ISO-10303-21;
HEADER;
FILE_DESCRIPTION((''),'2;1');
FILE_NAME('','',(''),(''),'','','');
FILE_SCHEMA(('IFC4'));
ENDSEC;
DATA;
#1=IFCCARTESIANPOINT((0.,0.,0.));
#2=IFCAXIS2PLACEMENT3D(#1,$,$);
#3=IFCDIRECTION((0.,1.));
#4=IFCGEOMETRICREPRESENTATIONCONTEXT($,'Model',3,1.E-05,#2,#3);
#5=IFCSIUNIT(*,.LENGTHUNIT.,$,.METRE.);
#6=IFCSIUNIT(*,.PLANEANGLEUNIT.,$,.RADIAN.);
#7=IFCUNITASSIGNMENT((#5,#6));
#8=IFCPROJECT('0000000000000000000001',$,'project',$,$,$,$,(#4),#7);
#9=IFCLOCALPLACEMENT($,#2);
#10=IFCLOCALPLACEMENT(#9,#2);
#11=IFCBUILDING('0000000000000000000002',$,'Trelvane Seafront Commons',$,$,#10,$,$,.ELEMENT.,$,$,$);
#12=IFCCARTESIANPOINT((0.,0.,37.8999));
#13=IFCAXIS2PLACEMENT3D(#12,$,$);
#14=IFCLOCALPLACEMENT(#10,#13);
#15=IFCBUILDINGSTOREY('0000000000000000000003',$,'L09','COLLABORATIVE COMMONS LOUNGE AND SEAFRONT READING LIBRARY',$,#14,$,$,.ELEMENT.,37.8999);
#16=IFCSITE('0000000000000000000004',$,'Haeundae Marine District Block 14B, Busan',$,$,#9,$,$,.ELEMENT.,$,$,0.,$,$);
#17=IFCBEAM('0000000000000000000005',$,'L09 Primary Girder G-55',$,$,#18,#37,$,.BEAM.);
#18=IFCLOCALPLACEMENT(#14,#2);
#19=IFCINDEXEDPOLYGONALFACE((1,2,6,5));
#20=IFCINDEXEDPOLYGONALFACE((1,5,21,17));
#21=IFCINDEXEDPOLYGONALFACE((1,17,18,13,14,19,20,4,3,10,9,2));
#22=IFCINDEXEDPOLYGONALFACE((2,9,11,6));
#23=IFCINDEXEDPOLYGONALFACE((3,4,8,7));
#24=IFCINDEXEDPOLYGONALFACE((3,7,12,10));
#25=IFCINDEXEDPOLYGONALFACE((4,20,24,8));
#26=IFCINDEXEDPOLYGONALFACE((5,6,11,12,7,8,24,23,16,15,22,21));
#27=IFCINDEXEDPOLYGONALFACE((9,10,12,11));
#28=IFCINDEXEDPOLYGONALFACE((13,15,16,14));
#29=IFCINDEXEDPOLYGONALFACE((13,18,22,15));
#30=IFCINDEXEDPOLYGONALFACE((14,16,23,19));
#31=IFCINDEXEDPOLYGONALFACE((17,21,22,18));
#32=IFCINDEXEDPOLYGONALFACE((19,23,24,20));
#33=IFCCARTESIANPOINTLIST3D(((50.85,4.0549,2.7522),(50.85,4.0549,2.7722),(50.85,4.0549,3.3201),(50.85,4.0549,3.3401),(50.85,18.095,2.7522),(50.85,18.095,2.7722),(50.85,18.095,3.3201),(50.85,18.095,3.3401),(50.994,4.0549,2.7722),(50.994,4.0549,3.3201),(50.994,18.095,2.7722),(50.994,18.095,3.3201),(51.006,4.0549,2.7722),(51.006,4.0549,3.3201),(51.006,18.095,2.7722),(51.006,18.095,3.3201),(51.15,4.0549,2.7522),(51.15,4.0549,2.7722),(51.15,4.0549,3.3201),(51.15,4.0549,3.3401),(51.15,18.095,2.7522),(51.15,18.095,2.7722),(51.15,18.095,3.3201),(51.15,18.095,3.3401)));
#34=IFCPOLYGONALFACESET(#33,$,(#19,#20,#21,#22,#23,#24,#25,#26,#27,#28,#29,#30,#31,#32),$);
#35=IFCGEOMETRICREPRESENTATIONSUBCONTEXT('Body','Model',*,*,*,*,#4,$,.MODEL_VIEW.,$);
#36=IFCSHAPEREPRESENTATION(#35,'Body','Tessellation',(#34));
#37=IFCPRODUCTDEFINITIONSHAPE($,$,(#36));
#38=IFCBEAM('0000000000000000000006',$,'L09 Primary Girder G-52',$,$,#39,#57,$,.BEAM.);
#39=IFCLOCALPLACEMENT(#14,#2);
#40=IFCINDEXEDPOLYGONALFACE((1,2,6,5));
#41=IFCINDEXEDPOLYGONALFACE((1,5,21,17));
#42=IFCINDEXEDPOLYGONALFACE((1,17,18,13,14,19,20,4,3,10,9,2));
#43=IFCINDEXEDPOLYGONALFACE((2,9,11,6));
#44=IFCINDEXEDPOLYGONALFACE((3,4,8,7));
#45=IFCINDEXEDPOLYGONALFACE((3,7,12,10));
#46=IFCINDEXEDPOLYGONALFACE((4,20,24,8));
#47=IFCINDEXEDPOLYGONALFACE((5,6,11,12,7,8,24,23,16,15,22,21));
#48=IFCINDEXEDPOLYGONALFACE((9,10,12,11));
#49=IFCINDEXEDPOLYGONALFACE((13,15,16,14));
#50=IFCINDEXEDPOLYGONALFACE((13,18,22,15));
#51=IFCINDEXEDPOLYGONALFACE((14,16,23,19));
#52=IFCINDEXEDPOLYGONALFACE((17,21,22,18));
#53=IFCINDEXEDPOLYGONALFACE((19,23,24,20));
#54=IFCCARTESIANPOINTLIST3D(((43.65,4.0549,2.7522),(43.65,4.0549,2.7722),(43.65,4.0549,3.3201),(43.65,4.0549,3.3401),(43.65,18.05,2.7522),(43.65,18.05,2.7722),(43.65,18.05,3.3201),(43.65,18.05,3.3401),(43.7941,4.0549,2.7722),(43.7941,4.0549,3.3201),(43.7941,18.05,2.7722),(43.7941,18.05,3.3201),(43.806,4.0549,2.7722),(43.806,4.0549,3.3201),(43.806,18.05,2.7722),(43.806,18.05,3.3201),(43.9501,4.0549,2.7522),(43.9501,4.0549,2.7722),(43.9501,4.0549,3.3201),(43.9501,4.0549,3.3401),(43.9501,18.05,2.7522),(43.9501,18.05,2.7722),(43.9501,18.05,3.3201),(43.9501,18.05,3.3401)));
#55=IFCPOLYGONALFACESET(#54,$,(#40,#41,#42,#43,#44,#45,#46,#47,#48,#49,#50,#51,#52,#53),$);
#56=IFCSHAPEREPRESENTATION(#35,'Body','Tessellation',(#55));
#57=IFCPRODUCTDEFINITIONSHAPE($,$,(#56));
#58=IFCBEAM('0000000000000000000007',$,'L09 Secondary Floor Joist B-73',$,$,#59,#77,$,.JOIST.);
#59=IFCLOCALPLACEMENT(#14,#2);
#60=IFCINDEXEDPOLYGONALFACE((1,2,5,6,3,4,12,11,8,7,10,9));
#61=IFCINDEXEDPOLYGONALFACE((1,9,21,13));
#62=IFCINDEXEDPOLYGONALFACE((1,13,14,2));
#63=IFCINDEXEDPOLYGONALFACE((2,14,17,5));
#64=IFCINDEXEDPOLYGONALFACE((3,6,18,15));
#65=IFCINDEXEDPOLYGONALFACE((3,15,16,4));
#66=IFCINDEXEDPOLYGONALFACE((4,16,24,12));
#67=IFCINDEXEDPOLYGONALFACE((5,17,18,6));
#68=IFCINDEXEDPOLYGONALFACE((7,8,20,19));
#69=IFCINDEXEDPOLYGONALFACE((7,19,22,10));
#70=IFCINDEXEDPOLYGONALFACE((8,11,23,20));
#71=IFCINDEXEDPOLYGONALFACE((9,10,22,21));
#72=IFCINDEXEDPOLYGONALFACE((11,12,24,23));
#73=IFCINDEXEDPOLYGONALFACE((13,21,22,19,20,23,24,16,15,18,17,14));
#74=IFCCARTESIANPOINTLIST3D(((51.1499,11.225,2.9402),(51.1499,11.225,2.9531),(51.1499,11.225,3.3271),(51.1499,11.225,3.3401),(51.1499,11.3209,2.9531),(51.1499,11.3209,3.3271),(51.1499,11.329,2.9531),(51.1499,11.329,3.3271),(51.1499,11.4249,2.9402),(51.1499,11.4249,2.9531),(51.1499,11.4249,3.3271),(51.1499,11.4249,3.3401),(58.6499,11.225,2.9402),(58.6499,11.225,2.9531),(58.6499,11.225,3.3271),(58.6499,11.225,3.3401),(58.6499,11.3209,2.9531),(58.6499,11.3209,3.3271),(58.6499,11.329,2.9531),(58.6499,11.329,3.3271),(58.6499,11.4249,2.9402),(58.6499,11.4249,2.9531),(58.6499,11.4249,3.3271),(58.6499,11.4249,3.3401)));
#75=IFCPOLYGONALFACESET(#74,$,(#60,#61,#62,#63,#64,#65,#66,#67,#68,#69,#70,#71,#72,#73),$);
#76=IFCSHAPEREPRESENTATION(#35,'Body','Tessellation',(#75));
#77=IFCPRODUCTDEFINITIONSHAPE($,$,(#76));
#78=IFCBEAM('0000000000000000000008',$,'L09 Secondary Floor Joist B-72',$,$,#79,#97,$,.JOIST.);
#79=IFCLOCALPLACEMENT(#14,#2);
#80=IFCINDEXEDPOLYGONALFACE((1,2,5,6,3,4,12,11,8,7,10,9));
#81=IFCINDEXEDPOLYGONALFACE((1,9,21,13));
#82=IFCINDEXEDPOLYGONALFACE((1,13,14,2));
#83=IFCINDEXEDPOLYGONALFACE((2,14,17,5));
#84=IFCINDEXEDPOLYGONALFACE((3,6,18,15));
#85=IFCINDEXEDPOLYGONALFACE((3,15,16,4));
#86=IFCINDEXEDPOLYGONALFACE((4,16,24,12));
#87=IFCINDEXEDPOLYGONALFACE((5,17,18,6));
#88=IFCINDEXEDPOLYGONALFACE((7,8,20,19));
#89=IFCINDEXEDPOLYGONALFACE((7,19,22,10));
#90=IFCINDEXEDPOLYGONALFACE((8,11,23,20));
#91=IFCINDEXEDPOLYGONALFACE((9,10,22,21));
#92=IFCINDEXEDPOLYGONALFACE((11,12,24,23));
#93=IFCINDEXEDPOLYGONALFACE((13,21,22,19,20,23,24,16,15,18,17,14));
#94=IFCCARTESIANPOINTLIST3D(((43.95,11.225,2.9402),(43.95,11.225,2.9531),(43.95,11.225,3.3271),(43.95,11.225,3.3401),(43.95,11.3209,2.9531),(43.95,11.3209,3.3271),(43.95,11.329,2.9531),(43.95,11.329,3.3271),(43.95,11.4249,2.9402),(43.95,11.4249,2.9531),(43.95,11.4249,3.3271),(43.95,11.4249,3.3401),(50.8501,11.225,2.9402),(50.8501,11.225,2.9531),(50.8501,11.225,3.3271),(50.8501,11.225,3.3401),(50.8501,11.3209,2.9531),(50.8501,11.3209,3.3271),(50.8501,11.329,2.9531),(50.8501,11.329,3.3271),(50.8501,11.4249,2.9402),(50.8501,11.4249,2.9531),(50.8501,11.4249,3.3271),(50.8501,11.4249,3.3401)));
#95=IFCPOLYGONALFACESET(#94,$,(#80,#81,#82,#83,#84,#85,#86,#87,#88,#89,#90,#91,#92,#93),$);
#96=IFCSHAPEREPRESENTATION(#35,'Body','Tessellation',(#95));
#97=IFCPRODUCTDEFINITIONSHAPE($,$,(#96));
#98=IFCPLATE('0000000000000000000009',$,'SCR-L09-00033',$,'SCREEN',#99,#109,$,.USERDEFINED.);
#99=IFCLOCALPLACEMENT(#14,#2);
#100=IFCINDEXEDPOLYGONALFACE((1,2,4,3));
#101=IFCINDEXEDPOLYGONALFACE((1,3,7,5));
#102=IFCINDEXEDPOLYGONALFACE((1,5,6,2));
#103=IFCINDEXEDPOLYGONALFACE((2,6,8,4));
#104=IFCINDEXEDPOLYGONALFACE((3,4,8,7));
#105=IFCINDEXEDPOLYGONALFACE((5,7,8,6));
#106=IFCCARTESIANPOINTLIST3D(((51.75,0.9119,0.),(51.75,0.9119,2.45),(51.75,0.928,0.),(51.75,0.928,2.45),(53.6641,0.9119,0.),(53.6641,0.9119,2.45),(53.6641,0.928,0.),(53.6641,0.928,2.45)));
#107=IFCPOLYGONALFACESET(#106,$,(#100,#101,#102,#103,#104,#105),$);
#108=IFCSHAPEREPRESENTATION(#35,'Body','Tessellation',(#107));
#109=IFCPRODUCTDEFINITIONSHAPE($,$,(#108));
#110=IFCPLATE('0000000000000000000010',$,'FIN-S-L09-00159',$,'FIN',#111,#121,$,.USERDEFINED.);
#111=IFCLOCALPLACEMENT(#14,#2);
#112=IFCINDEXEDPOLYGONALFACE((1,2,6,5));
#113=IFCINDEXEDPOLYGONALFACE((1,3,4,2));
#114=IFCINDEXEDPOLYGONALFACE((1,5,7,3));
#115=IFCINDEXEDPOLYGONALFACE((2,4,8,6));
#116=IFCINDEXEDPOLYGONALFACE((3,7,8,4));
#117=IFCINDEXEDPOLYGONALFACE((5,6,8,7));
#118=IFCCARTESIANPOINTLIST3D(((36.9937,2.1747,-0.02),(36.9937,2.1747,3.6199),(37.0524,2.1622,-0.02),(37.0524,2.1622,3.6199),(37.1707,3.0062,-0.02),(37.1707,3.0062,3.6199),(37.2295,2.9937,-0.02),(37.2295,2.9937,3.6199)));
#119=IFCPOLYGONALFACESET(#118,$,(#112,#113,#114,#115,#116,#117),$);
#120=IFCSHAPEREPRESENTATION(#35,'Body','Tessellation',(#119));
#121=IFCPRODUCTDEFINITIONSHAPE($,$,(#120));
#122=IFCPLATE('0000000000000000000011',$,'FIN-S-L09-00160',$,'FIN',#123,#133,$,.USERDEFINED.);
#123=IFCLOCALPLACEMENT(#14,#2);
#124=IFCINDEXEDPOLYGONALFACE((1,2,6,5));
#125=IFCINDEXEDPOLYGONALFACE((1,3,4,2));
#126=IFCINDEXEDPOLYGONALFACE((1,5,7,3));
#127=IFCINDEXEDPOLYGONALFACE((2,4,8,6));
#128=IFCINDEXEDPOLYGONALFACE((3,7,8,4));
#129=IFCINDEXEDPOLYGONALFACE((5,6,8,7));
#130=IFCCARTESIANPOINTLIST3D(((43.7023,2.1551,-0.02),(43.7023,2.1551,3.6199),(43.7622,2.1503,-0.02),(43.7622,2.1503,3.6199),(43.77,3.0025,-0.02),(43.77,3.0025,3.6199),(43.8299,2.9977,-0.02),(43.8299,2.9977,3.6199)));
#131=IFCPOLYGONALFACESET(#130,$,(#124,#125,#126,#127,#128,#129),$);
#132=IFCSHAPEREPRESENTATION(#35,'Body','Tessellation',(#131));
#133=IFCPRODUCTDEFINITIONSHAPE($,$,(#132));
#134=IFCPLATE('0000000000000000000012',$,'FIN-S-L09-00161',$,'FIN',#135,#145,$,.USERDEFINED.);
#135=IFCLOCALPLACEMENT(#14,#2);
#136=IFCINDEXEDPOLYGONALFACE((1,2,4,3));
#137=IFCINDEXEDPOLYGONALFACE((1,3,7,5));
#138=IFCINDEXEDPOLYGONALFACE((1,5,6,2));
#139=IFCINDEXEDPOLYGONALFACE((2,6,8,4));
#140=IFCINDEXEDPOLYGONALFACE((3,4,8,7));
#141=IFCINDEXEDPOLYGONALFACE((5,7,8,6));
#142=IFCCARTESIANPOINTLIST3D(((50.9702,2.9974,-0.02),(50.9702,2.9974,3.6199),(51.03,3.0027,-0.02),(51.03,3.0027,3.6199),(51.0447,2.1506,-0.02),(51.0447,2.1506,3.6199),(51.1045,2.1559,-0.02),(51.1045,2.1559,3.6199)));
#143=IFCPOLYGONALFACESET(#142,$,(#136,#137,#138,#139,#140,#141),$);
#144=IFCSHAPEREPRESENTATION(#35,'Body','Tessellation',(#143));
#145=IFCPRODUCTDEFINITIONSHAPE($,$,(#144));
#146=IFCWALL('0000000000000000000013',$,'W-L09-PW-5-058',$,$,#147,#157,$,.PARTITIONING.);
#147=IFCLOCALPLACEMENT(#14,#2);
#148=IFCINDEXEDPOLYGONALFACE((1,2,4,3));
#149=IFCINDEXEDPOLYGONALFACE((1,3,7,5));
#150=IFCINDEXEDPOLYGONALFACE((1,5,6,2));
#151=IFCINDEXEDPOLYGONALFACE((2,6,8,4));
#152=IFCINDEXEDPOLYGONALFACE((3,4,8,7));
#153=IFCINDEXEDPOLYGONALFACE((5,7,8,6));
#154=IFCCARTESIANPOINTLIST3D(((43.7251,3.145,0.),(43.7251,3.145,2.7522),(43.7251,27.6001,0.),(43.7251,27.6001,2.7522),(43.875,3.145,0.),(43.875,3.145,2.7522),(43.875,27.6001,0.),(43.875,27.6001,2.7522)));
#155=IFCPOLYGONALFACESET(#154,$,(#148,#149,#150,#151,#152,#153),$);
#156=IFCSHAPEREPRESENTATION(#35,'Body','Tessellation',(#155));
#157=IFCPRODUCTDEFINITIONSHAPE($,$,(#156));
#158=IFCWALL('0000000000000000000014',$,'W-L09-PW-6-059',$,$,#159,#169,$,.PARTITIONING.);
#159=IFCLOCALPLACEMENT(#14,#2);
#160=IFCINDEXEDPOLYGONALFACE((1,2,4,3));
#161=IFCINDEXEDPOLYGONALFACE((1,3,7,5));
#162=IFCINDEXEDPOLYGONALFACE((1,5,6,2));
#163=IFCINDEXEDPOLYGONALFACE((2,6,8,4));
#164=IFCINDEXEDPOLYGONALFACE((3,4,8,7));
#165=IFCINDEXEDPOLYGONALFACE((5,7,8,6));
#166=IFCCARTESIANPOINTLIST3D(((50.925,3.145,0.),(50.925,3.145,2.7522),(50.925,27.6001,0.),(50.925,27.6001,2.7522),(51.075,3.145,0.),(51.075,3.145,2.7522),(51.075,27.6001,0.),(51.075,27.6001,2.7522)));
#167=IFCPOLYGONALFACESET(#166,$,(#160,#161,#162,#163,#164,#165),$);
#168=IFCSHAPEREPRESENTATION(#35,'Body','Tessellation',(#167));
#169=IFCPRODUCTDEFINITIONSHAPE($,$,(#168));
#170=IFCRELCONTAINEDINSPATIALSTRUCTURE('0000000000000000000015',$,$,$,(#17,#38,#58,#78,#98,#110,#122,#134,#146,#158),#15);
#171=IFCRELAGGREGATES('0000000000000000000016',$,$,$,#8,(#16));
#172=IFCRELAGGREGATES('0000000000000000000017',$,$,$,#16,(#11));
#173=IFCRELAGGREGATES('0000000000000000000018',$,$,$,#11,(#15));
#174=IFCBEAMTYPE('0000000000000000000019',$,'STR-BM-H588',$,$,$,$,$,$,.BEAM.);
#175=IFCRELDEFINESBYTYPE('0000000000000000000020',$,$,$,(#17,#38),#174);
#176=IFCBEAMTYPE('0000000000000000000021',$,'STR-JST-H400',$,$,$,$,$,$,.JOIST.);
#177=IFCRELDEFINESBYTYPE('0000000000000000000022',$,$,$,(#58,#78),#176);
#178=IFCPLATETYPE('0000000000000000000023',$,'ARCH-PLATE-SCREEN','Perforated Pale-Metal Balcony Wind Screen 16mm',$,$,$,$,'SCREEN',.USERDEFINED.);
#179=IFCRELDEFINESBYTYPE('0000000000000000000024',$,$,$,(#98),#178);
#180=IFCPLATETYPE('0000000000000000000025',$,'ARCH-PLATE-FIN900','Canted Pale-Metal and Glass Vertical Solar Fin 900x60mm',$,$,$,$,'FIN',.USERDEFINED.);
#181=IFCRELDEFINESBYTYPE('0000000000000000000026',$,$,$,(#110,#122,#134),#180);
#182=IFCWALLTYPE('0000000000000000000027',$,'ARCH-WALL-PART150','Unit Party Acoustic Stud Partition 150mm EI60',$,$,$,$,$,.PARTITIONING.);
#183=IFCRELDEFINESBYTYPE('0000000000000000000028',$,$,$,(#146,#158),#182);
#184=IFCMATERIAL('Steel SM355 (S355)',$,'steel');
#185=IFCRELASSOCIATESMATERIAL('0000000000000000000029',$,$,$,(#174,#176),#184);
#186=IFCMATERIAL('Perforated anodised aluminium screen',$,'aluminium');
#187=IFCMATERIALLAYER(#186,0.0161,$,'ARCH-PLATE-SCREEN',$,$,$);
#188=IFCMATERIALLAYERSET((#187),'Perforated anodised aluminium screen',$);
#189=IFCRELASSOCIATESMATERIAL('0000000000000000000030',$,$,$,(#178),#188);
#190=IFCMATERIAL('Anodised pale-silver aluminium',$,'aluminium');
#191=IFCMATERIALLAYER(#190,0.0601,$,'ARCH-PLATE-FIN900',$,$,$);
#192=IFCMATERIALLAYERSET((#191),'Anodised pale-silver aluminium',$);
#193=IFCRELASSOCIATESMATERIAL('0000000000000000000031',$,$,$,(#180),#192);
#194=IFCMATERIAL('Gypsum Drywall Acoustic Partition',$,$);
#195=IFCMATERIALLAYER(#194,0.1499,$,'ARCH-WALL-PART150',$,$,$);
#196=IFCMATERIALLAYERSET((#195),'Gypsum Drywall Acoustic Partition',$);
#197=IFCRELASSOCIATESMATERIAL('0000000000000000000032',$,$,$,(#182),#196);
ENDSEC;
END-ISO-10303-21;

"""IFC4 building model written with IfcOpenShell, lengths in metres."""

from ifc_helpers import new_model, si_unit, direction, frame, frame_2d, origin, origin_2d, place, context, subcontext, project, spatial, rectangle, i_section, extrude, source, transform, mapped, material, layer, layer_set, material_profile, profile_set, type_object, element, save


model = new_model("IFC4")

# Units and contexts
model_context = context("Model", 3, precision=1e-05, world=origin(), true_north=direction((0.0, 1.0)))
body_context = subcontext(model_context, "Body", "Model", "MODEL_VIEW")
ifc_project = project(units=[si_unit("LENGTHUNIT", "METRE"), si_unit("PLANEANGLEUNIT", "RADIAN")], contexts=[model_context])

# Site, building, storey
site_placement = place(None, origin())
site = spatial("IfcSite", under=ifc_project, at=site_placement, Name="Haeundae Marine District Block 14B, Busan", CompositionType="ELEMENT", RefElevation=0.0)
building_placement = place(site_placement, origin())
building = spatial("IfcBuilding", under=site, at=building_placement, Name="Trelvane Seafront Commons", CompositionType="ELEMENT")
storey_placement = place(building_placement, frame((0.0, 0.0, 37.8999)))
storey = spatial("IfcBuildingStorey", under=building, at=storey_placement, Name="L09", Description="COLLABORATIVE COMMONS LOUNGE AND SEAFRONT READING LIBRARY", CompositionType="ELEMENT", Elevation=37.8999)

# Shared definitions
ifc_material_1 = material(Name="Steel SM355 (S355)", Category="steel")

# Beams
ifc_material_profile_1 = material_profile(ifc_material_1, i_section(OverallWidth=0.3, OverallDepth=0.5879, WebThickness=0.012, FlangeThickness=0.02, at=origin_2d()), Name="H-588x300x12x20")
ifc_profile_set_1 = profile_set([ifc_material_profile_1], Name="Steel SM355 (S355)")
beam_type_1 = type_object("IfcBeamType", Name="STR-BM-H588", PredefinedType="BEAM", material=ifc_profile_set_1)
shared_shape_1 = source(origin(), body_context, "Body", "SweptSolid", [
    extrude(i_section(OverallWidth=0.3, OverallDepth=0.5879, WebThickness=0.012, FlangeThickness=0.02, at=origin_2d()), origin(), (0.0, 0.0, 1.0), 14.04),
])
beam_1_placement = place(storey_placement, frame((51.0, 4.0549, 3.0461), z_axis=(0.0, 1.0, 0.0), x_axis=(-1.0, 0.0, 0.0)))
element("IfcBeam", 1, at=beam_1_placement, inside=storey, type_object=beam_type_1, Name="L09 Primary Girder G-55", PredefinedType="BEAM", context=body_context, shape_type="MappedRepresentation", body=[
    mapped(shared_shape_1, transform((0.0, 0.0, 0.0), x_axis=(1.0, 0.0, 0.0), y_axis=(0.0, 1.0, 0.0), z_axis=(0.0, 0.0, 1.0), scale=1.0)),
])
shared_shape_2 = source(origin(), body_context, "Body", "SweptSolid", [
    extrude(i_section(OverallWidth=0.3, OverallDepth=0.5879, WebThickness=0.012, FlangeThickness=0.02, at=origin_2d()), origin(), (0.0, 0.0, 1.0), 13.9951),
])
beam_2_placement = place(storey_placement, frame((43.8, 4.0549, 3.0461), z_axis=(0.0, 1.0, 0.0), x_axis=(-1.0, 0.0, 0.0)))
element("IfcBeam", 2, at=beam_2_placement, inside=storey, type_object=beam_type_1, Name="L09 Primary Girder G-52", PredefinedType="BEAM", context=body_context, shape_type="MappedRepresentation", body=[
    mapped(shared_shape_2, transform((0.0, 0.0, 0.0), x_axis=(1.0, 0.0, 0.0), y_axis=(0.0, 1.0, 0.0), z_axis=(0.0, 0.0, 1.0), scale=1.0)),
])
ifc_material_profile_2 = material_profile(ifc_material_1, i_section(OverallWidth=0.2, OverallDepth=0.3999, WebThickness=0.0081, FlangeThickness=0.0129, at=origin_2d()), Name="H-400x200x8x13")
ifc_profile_set_2 = profile_set([ifc_material_profile_2], Name="Steel SM355 (S355)")
beam_type_2 = type_object("IfcBeamType", Name="STR-JST-H400", PredefinedType="JOIST", material=ifc_profile_set_2)
shared_shape_3 = source(origin(), body_context, "Body", "SweptSolid", [
    extrude(i_section(OverallWidth=0.2, OverallDepth=0.3999, WebThickness=0.0081, FlangeThickness=0.0129, at=origin_2d()), origin(), (0.0, 0.0, 1.0), 7.5),
])
beam_3_placement = place(storey_placement, frame((51.1499, 11.325, 3.1401), z_axis=(1.0, 0.0, 0.0), x_axis=(0.0, 1.0, 0.0)))
element("IfcBeam", 3, at=beam_3_placement, inside=storey, type_object=beam_type_2, Name="L09 Secondary Floor Joist B-73", PredefinedType="JOIST", context=body_context, shape_type="MappedRepresentation", body=[
    mapped(shared_shape_3, transform((0.0, 0.0, 0.0), x_axis=(1.0, 0.0, 0.0), y_axis=(0.0, 1.0, 0.0), z_axis=(0.0, 0.0, 1.0), scale=1.0)),
])
shared_shape_4 = source(origin(), body_context, "Body", "SweptSolid", [
    extrude(i_section(OverallWidth=0.2, OverallDepth=0.3999, WebThickness=0.0081, FlangeThickness=0.0129, at=origin_2d()), origin(), (0.0, 0.0, 1.0), 6.9001),
])
beam_4_placement = place(storey_placement, frame((43.95, 11.325, 3.1401), z_axis=(1.0, 0.0, 0.0), x_axis=(0.0, 1.0, 0.0)))
element("IfcBeam", 4, at=beam_4_placement, inside=storey, type_object=beam_type_2, Name="L09 Secondary Floor Joist B-72", PredefinedType="JOIST", context=body_context, shape_type="MappedRepresentation", body=[
    mapped(shared_shape_4, transform((0.0, 0.0, 0.0), x_axis=(1.0, 0.0, 0.0), y_axis=(0.0, 1.0, 0.0), z_axis=(0.0, 0.0, 1.0), scale=1.0)),
])

# Plates
ifc_material_2 = material(Name="Perforated anodised aluminium screen", Category="aluminium")
ifc_layer_1 = layer(ifc_material_2, 0.0161, Name="ARCH-PLATE-SCREEN")
ifc_layer_set_1 = layer_set([ifc_layer_1], Name="Perforated anodised aluminium screen")
plate_type_1 = type_object("IfcPlateType", Name="ARCH-PLATE-SCREEN", Description="Perforated Pale-Metal Balcony Wind Screen 16mm", ElementType="SCREEN", PredefinedType="USERDEFINED", material=ifc_layer_set_1)
shared_shape_5 = source(origin(), body_context, "Body", "SweptSolid", [
    extrude(rectangle(XDim=1.9141, YDim=0.0161, at=origin_2d()), origin(), (0.0, 0.0, 1.0), 2.45),
])
plate_placement = place(storey_placement, frame((52.707, 0.9199, 0.0), z_axis=(0.0, 0.0, 1.0), x_axis=(1.0, 0.0, 0.0)))
element("IfcPlate", 5, at=plate_placement, inside=storey, type_object=plate_type_1, Name="SCR-L09-00033", ObjectType="SCREEN", PredefinedType="USERDEFINED", context=body_context, shape_type="MappedRepresentation", body=[
    mapped(shared_shape_5, transform((0.0, 0.0, 0.0), x_axis=(1.0, 0.0, 0.0), y_axis=(0.0, 1.0, 0.0), z_axis=(0.0, 0.0, 1.0), scale=1.0)),
])
ifc_material_3 = material(Name="Anodised pale-silver aluminium", Category="aluminium")
ifc_layer_2 = layer(ifc_material_3, 0.0601, Name="ARCH-PLATE-FIN900")
ifc_layer_set_2 = layer_set([ifc_layer_2], Name="Anodised pale-silver aluminium")
plate_type_2 = type_object("IfcPlateType", Name="ARCH-PLATE-FIN900", Description="Canted Pale-Metal and Glass Vertical Solar Fin 900x60mm", ElementType="FIN", PredefinedType="USERDEFINED", material=ifc_layer_set_2)
shared_shape_6 = source(origin(), body_context, "Body", "SweptSolid", [
    extrude(rectangle(XDim=0.8501, YDim=0.0601, at=origin_2d()), origin(), (0.0, 0.0, 1.0), 3.6399),
])
for number, where, z_axis, x_axis, name in (
    (6, (37.1116, 2.5842, -0.02), (0.0, 0.0, 1.0), (-0.208228, -0.97808, 0.0), "FIN-S-L09-00159"),
    (7, (43.7661, 2.5764, -0.02), (0.0, 0.0, 1.0), (-0.079647, -0.996823, 0.0), "FIN-S-L09-00160"),
    (8, (51.0374, 2.5767, -0.02), (0.0, 0.0, 1.0), (0.08765, -0.996151, 0.0), "FIN-S-L09-00161"),
):
    element("IfcPlate", number, at=place(storey_placement, frame(where, z_axis=z_axis, x_axis=x_axis)), inside=storey, type_object=plate_type_2, Name=name, ObjectType="FIN", PredefinedType="USERDEFINED", context=body_context, shape_type="MappedRepresentation", body=[
        mapped(shared_shape_6, transform((0.0, 0.0, 0.0), x_axis=(1.0, 0.0, 0.0), y_axis=(0.0, 1.0, 0.0), z_axis=(0.0, 0.0, 1.0), scale=1.0)),
    ])

# Walls
ifc_material_4 = material(Name="Gypsum Drywall Acoustic Partition")
ifc_layer_3 = layer(ifc_material_4, 0.1499, Name="ARCH-WALL-PART150")
ifc_layer_set_3 = layer_set([ifc_layer_3], Name="Gypsum Drywall Acoustic Partition")
wall_type = type_object("IfcWallType", Name="ARCH-WALL-PART150", Description="Unit Party Acoustic Stud Partition 150mm EI60", PredefinedType="PARTITIONING", material=ifc_layer_set_3)
for number, where, z_axis, x_axis, name in (
    (9, (43.8, 3.145, 0.0), (0.0, 0.0, 1.0), (0.0, 1.0, 0.0), "W-L09-PW-5-058"),
    (10, (51.0, 3.145, 0.0), (0.0, 0.0, 1.0), (0.0, 1.0, 0.0), "W-L09-PW-6-059"),
):
    element("IfcWall", number, at=place(storey_placement, frame(where, z_axis=z_axis, x_axis=x_axis)), inside=storey, type_object=wall_type, Name=name, PredefinedType="PARTITIONING", context=body_context, shape_type="SweptSolid", body=[
        extrude(rectangle(XDim=24.4551, YDim=0.1499, at=frame_2d((12.2275, 0.0))), origin(), (0.0, 0.0, 1.0), 2.7522),
    ])

save(model, "model.ifc")
